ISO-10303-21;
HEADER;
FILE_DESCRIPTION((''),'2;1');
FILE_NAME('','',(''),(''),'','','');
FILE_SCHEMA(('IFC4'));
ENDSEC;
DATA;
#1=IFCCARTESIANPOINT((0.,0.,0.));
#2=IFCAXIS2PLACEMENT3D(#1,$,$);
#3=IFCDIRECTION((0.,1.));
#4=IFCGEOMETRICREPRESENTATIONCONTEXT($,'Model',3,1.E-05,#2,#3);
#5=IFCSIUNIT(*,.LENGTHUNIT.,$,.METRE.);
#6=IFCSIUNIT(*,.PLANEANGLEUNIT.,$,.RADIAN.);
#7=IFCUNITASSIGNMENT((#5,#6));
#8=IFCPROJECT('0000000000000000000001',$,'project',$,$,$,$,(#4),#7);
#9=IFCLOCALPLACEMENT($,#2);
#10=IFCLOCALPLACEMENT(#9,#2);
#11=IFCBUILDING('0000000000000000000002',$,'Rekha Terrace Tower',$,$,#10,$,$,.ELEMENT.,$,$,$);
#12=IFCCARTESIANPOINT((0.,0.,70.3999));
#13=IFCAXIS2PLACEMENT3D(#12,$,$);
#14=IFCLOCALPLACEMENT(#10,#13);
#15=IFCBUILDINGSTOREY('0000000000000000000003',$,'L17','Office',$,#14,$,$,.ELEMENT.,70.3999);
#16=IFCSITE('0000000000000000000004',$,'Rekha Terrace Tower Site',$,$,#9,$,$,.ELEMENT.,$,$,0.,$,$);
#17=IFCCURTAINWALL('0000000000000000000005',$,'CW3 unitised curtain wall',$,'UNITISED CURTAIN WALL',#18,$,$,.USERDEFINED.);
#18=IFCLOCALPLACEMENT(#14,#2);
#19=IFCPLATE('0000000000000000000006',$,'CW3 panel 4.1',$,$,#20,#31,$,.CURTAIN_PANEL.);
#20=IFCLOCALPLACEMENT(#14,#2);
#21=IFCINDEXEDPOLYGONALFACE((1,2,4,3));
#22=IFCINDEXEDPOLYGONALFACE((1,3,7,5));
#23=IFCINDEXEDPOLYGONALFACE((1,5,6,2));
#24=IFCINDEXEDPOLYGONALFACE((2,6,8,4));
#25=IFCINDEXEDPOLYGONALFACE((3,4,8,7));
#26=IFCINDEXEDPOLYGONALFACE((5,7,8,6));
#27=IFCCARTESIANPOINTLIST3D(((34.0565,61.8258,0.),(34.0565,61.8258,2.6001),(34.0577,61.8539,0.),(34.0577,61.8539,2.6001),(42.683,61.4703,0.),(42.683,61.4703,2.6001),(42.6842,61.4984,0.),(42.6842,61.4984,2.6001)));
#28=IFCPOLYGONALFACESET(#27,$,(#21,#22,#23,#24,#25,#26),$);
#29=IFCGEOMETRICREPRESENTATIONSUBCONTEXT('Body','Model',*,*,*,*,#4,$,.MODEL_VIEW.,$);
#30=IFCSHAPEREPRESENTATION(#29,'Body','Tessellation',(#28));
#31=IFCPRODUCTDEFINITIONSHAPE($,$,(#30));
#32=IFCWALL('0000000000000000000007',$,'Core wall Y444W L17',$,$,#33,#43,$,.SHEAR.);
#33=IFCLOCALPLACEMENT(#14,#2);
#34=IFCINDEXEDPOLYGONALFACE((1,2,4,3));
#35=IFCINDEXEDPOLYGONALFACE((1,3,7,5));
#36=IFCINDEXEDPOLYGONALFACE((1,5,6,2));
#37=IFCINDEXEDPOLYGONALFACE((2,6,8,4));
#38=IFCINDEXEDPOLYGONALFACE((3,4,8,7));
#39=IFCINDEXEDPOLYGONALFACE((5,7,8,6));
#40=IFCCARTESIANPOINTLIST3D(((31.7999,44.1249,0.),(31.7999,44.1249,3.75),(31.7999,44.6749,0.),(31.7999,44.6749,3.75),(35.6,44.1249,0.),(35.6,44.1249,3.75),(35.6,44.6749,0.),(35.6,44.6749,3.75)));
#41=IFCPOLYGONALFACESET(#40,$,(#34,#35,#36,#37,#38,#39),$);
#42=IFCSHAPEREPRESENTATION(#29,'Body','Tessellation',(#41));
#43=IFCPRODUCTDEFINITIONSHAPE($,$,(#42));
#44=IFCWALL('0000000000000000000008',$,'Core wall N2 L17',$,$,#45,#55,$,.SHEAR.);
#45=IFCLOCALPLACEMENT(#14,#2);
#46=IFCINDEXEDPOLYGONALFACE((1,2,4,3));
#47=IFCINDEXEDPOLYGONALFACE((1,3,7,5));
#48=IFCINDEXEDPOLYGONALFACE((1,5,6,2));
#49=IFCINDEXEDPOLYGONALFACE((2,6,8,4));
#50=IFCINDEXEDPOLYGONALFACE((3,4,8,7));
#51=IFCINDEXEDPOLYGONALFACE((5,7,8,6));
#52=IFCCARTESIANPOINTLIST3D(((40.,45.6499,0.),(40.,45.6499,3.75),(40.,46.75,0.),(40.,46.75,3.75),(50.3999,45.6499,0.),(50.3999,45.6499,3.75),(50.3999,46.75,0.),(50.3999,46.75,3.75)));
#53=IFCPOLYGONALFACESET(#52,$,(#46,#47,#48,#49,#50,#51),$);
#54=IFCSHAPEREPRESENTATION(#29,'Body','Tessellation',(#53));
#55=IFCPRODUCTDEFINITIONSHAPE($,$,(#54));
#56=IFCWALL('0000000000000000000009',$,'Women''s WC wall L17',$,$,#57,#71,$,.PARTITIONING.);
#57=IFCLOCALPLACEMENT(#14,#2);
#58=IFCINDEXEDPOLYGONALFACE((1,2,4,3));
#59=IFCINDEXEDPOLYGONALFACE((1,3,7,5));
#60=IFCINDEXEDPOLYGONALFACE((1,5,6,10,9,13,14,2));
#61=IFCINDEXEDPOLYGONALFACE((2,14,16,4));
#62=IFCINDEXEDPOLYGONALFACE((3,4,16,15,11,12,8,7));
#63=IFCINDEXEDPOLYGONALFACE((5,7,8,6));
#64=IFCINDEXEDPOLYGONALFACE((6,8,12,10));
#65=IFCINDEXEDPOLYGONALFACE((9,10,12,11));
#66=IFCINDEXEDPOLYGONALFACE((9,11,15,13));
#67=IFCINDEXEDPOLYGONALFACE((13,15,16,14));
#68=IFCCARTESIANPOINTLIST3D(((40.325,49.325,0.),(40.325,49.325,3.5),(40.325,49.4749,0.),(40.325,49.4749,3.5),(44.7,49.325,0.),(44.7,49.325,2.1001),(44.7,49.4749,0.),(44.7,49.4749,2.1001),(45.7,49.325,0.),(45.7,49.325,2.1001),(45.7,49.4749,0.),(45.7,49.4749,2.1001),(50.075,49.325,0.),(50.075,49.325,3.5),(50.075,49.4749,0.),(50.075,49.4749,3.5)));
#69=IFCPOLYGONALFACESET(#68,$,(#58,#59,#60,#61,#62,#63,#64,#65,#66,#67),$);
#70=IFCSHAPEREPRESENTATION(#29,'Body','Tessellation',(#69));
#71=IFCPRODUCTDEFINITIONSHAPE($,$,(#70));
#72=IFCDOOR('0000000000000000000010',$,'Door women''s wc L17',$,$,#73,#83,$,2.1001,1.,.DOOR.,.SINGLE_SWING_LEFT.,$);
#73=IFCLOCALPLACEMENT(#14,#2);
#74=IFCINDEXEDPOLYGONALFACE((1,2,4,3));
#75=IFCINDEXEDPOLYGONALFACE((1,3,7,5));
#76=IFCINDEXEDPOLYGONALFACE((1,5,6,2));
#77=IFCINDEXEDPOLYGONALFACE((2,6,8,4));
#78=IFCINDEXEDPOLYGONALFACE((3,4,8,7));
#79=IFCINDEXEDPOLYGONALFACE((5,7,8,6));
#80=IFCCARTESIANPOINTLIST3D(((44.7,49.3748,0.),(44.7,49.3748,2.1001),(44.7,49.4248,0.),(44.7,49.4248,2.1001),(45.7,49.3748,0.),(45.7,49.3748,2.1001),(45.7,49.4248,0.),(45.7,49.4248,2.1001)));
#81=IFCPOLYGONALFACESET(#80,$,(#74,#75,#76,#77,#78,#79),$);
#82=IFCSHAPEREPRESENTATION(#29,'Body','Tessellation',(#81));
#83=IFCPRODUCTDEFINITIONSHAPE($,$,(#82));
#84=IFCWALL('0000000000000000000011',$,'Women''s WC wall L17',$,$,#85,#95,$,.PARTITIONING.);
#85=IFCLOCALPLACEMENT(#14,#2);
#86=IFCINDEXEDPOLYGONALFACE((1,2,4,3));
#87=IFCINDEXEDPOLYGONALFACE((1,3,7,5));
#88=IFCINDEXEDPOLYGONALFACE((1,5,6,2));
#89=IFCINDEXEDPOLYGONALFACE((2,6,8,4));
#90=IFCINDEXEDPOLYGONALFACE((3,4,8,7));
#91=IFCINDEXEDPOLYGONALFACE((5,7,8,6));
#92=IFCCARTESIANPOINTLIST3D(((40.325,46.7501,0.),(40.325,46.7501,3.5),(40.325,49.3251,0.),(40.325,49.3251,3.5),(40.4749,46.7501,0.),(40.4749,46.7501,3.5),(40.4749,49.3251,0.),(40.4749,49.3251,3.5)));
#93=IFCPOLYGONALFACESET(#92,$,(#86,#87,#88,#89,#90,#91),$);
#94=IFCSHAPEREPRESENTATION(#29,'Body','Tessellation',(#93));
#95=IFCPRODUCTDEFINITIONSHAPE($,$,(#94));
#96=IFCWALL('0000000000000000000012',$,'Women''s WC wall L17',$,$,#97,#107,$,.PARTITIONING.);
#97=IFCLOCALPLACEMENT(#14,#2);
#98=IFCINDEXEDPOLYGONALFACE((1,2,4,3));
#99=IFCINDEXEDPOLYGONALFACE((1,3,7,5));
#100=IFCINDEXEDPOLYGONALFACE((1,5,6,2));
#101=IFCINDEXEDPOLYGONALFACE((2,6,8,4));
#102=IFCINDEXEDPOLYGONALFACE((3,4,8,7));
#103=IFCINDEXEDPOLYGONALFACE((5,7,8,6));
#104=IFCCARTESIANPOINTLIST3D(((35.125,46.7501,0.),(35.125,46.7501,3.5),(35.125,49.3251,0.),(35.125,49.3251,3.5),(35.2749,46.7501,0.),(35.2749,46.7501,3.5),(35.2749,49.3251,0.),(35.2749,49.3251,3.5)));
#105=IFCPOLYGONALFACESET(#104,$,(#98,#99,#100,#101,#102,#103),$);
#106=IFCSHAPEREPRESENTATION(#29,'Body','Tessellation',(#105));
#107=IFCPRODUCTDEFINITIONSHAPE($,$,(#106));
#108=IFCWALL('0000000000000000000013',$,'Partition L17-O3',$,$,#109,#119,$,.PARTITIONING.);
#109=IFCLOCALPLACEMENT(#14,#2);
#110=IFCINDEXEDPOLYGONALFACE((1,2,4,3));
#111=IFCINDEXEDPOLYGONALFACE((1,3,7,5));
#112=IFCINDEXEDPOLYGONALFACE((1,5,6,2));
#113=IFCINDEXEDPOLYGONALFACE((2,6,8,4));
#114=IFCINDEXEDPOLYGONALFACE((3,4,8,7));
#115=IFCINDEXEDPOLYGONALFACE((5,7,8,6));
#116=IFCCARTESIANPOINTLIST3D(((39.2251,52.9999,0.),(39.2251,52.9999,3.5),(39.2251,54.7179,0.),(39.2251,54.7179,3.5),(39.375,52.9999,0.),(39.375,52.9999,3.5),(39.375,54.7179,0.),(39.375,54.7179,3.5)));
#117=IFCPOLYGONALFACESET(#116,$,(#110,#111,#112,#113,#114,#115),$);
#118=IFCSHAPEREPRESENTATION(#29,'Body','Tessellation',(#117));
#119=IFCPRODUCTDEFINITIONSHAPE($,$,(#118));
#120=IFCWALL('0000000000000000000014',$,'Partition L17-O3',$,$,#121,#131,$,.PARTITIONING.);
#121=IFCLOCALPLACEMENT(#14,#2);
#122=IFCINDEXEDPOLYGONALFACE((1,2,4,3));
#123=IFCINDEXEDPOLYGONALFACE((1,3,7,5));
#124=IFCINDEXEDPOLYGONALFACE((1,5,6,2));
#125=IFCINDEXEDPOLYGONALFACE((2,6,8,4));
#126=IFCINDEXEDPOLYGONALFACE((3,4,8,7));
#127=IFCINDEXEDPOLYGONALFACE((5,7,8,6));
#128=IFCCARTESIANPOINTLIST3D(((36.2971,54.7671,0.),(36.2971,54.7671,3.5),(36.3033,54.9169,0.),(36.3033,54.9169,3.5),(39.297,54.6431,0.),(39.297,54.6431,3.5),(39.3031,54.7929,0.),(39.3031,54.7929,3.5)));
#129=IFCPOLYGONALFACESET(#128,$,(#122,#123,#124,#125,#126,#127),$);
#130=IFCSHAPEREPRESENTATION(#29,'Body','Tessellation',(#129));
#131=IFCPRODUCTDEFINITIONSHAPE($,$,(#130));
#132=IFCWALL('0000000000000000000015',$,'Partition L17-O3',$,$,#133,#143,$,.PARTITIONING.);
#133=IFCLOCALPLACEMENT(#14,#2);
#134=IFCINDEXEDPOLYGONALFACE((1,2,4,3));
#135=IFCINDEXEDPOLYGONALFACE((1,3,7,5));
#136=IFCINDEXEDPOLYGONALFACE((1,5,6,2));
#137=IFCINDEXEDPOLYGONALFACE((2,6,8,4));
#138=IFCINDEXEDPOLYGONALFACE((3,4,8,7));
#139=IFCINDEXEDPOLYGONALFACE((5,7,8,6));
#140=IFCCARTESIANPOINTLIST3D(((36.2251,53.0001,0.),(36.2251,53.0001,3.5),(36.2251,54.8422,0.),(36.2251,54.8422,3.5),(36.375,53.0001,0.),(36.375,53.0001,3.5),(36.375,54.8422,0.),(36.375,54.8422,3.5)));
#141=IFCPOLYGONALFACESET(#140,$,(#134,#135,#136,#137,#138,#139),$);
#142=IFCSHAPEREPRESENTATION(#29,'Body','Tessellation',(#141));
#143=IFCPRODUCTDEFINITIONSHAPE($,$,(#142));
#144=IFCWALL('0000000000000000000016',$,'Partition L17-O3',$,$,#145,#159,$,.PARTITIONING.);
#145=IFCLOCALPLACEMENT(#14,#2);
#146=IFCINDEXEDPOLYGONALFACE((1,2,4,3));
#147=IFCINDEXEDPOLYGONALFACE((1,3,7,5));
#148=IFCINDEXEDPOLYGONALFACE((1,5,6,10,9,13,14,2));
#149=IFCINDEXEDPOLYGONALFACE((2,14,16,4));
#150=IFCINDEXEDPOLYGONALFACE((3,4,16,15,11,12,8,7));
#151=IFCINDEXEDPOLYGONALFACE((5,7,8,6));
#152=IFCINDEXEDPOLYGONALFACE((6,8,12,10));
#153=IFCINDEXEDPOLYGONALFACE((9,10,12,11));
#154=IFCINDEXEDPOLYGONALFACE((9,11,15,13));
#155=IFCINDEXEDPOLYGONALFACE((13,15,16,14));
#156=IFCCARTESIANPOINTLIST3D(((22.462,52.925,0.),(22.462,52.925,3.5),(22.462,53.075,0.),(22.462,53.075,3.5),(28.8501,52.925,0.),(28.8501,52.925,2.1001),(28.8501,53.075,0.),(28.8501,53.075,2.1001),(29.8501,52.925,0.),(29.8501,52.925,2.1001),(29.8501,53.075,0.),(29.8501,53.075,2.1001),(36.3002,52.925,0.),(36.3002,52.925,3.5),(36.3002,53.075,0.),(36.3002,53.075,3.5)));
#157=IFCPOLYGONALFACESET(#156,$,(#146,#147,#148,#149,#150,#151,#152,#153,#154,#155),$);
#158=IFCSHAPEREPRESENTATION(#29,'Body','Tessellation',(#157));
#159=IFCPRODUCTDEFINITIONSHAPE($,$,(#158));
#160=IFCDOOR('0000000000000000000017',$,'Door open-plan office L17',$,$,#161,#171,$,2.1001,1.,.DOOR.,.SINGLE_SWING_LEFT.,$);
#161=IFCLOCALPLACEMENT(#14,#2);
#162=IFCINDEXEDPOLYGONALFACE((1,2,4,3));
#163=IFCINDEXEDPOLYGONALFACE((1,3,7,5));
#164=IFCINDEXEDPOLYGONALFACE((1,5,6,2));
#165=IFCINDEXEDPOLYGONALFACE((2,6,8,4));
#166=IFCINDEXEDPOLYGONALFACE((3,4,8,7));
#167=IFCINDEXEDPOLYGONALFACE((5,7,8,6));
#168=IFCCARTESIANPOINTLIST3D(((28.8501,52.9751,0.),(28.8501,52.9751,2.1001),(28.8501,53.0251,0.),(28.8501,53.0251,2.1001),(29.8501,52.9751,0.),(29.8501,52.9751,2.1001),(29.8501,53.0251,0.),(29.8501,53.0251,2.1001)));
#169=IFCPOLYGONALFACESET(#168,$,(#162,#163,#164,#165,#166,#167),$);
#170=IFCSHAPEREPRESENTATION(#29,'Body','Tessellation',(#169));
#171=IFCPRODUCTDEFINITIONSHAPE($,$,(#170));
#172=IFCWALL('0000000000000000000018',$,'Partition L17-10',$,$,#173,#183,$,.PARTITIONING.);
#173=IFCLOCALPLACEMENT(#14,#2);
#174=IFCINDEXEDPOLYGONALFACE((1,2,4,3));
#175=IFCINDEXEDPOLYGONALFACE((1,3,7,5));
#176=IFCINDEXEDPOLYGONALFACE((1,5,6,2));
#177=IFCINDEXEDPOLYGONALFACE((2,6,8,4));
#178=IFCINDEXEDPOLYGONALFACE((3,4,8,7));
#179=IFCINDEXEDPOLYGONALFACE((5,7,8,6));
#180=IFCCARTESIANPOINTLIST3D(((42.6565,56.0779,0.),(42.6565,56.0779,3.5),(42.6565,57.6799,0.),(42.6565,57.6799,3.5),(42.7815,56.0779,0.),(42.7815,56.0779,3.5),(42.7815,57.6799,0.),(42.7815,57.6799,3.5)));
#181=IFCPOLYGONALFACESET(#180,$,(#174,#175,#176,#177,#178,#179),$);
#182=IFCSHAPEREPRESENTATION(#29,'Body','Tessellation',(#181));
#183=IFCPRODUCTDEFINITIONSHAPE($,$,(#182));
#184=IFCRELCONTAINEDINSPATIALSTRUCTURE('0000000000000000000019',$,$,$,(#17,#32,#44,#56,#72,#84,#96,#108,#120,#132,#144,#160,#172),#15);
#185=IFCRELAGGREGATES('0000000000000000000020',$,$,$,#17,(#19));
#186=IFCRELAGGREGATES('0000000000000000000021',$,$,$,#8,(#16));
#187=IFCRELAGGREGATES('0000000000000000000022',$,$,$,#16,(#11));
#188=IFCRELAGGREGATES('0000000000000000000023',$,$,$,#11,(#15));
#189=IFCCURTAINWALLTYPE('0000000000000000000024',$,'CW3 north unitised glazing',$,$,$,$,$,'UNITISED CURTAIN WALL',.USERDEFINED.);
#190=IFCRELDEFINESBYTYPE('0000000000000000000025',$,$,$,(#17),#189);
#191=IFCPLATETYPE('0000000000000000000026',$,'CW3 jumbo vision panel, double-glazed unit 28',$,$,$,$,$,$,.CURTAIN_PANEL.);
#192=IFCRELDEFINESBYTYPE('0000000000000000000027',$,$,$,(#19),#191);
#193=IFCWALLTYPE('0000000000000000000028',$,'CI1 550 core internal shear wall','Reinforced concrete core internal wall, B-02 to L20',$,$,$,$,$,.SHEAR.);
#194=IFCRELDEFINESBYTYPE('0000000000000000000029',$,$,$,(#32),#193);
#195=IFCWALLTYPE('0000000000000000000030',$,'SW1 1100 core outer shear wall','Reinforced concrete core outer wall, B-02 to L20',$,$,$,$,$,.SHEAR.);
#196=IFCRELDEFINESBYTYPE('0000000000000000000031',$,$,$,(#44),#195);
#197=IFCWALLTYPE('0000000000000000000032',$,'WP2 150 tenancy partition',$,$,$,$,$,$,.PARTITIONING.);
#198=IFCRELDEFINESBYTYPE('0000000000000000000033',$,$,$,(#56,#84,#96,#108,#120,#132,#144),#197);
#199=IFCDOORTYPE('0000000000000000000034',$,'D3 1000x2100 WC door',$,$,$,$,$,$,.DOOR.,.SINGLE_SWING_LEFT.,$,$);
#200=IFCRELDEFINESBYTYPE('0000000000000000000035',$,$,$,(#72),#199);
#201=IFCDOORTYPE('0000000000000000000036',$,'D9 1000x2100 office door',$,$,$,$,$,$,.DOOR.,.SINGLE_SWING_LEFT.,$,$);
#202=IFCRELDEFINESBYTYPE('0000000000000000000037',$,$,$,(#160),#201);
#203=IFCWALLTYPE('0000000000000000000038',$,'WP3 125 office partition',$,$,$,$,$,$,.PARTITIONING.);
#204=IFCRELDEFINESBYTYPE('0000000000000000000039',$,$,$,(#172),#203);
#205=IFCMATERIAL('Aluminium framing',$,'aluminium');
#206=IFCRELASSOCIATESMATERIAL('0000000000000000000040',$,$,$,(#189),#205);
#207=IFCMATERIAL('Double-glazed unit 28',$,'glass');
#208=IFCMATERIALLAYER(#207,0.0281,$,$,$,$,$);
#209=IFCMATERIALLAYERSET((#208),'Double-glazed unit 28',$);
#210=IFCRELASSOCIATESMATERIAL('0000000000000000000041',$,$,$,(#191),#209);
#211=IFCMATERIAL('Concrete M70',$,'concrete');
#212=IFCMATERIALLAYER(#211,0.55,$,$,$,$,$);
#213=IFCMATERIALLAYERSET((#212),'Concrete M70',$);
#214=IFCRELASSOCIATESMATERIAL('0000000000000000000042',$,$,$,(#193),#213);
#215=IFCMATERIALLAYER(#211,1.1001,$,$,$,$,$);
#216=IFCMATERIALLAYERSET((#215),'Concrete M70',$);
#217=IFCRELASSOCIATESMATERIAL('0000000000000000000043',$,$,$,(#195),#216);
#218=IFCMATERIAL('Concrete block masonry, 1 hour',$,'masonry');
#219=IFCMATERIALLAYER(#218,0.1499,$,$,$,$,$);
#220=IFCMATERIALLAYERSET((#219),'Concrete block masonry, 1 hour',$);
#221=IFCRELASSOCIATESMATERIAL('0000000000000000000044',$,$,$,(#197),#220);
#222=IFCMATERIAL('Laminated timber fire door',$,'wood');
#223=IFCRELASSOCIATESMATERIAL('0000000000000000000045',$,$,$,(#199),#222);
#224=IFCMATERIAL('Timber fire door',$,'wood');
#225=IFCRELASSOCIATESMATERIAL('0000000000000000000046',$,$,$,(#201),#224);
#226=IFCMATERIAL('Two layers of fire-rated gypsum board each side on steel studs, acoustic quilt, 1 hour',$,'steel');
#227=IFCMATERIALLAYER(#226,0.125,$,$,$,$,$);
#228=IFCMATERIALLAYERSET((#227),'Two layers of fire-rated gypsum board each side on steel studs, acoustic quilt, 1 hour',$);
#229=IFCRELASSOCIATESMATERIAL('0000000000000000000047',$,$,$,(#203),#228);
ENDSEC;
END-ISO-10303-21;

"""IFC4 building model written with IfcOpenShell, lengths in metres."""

from ifc_helpers import new_model, si_unit, direction, frame, frame_2d, origin, origin_2d, place, context, subcontext, project, spatial, rectangle, extrude, material, layer, layer_set, type_object, element, fill, aggregate, save


model = new_model("IFC4")

# Units and contexts
model_context = context("Model", 3, precision=1e-05, world=origin(), true_north=direction((0.0, 1.0)))
body_context = subcontext(model_context, "Body", "Model", "MODEL_VIEW")
ifc_project = project(units=[si_unit("LENGTHUNIT", "METRE"), si_unit("PLANEANGLEUNIT", "RADIAN")], contexts=[model_context])

# Site, building, storey
site_placement = place(None, origin())
site = spatial("IfcSite", under=ifc_project, at=site_placement, Name="Rekha Terrace Tower Site", CompositionType="ELEMENT", RefElevation=0.0)
building_placement = place(site_placement, origin())
building = spatial("IfcBuilding", under=site, at=building_placement, Name="Rekha Terrace Tower", CompositionType="ELEMENT")
storey_placement = place(building_placement, frame((0.0, 0.0, 70.3999)))
storey = spatial("IfcBuildingStorey", under=building, at=storey_placement, Name="L17", Description="Office", CompositionType="ELEMENT", Elevation=70.3999)

# Shared definitions
ifc_material_1 = material(Name="Concrete M70", Category="concrete")

# Curtain wall
ifc_material_2 = material(Name="Aluminium framing", Category="aluminium")
curtain_wall_type = type_object("IfcCurtainWallType", Name="CW3 north unitised glazing", ElementType="UNITISED CURTAIN WALL", PredefinedType="USERDEFINED", material=ifc_material_2)
curtain_wall_placement = place(storey_placement, origin())
curtain_wall = element("IfcCurtainWall", 1, at=curtain_wall_placement, inside=storey, type_object=curtain_wall_type, Name="CW3 unitised curtain wall", ObjectType="UNITISED CURTAIN WALL", PredefinedType="USERDEFINED")

# Plate
ifc_material_3 = material(Name="Double-glazed unit 28", Category="glass")
ifc_layer_1 = layer(ifc_material_3, 0.0281)
ifc_layer_set_1 = layer_set([ifc_layer_1], Name="Double-glazed unit 28")
plate_type = type_object("IfcPlateType", Name="CW3 jumbo vision panel, double-glazed unit 28", PredefinedType="CURTAIN_PANEL", material=ifc_layer_set_1)
plate_placement = place(storey_placement, frame((38.3704, 61.6621, 0.0), z_axis=(0.0, 0.0, 1.0), x_axis=(-0.999152, 0.041174, 0.0)))
plate = element("IfcPlate", 2, at=plate_placement, type_object=plate_type, Name="CW3 panel 4.1", PredefinedType="CURTAIN_PANEL", context=body_context, shape_type="SweptSolid", body=[
    extrude(rectangle(XDim=8.6338, YDim=0.0281, at=origin_2d()), origin(), (0.0, 0.0, 1.0), 2.6001),
])
aggregate(curtain_wall, [plate])

# Walls
ifc_layer_2 = layer(ifc_material_1, 0.55)
ifc_layer_set_2 = layer_set([ifc_layer_2], Name="Concrete M70")
wall_type_1 = type_object("IfcWallType", Name="CI1 550 core internal shear wall", Description="Reinforced concrete core internal wall, B-02 to L20", PredefinedType="SHEAR", material=ifc_layer_set_2)
wall_1_placement = place(storey_placement, frame((31.8, 44.3999, 0.0), z_axis=(0.0, 0.0, 1.0), x_axis=(1.0, 0.0, 0.0)))
element("IfcWall", 3, at=wall_1_placement, inside=storey, type_object=wall_type_1, Name="Core wall Y444W L17", PredefinedType="SHEAR", context=body_context, shape_type="SweptSolid", body=[
    extrude(rectangle(XDim=3.8, YDim=0.55, at=frame_2d((1.8999, 0.0))), origin(), (0.0, 0.0, 1.0), 3.75),
])
ifc_layer_3 = layer(ifc_material_1, 1.1001)
ifc_layer_set_3 = layer_set([ifc_layer_3], Name="Concrete M70")
wall_type_2 = type_object("IfcWallType", Name="SW1 1100 core outer shear wall", Description="Reinforced concrete core outer wall, B-02 to L20", PredefinedType="SHEAR", material=ifc_layer_set_3)
wall_2_placement = place(storey_placement, frame((40.0, 46.2, 0.0), z_axis=(0.0, 0.0, 1.0), x_axis=(1.0, 0.0, 0.0)))
element("IfcWall", 4, at=wall_2_placement, inside=storey, type_object=wall_type_2, Name="Core wall N2 L17", PredefinedType="SHEAR", context=body_context, shape_type="SweptSolid", body=[
    extrude(rectangle(XDim=10.3999, YDim=1.1001, at=frame_2d((5.2, 0.0))), origin(), (0.0, 0.0, 1.0), 3.75),
])

# Wall, opening, door
ifc_material_4 = material(Name="Concrete block masonry, 1 hour", Category="masonry")
ifc_layer_4 = layer(ifc_material_4, 0.1499)
ifc_layer_set_4 = layer_set([ifc_layer_4], Name="Concrete block masonry, 1 hour")
wall_type_3 = type_object("IfcWallType", Name="WP2 150 tenancy partition", PredefinedType="PARTITIONING", material=ifc_layer_set_4)
wall_3_placement = place(storey_placement, frame((40.325, 49.3999, 0.0), z_axis=(0.0, 0.0, 1.0), x_axis=(1.0, 0.0, 0.0)))
wall_3 = element("IfcWall", 5, at=wall_3_placement, inside=storey, type_object=wall_type_3, Name="Women's WC wall L17", PredefinedType="PARTITIONING", context=body_context, shape_type="SweptSolid", body=[
    extrude(rectangle(XDim=9.75, YDim=0.1499, at=frame_2d((4.875, 0.0))), origin(), (0.0, 0.0, 1.0), 3.5),
])
opening_1_placement = place(wall_3_placement, frame((4.375, 0.0, 0.0)))
opening_1 = element("IfcOpeningElement", 6, at=opening_1_placement, cuts=wall_3, PredefinedType="OPENING", context=body_context, shape_type="SweptSolid", body=[
    extrude(rectangle(XDim=1.0, YDim=2.1001, at=frame_2d((0.5, 1.05))), frame((0.0, 0.085, 0.0), z_axis=(0.0, -1.0, 0.0), x_axis=(1.0, 0.0, 0.0)), (0.0, 0.0, 1.0), 0.1699),
])
ifc_material_5 = material(Name="Laminated timber fire door", Category="wood")
door_type_1 = type_object("IfcDoorType", Name="D3 1000x2100 WC door", OperationType="SINGLE_SWING_LEFT", PredefinedType="DOOR", material=ifc_material_5)
door_1_placement = place(opening_1_placement, origin())
door_1 = element("IfcDoor", 7, at=door_1_placement, inside=storey, type_object=door_type_1, Name="Door women's wc L17", OperationType="SINGLE_SWING_LEFT", OverallHeight=2.1001, OverallWidth=1.0, PredefinedType="DOOR", context=body_context, shape_type="SweptSolid", body=[
    extrude(rectangle(XDim=1.0, YDim=2.1001, at=frame_2d((0.5, 1.05))), frame((0.0, 0.0249, 0.0), z_axis=(0.0, -1.0, 0.0), x_axis=(1.0, 0.0, 0.0)), (0.0, 0.0, 1.0), 0.05),
])
fill(opening_1, door_1)

# Walls
for number, where, z_axis, x_axis, name in (
    (8, (40.3999, 46.75, 0.0), (0.0, 0.0, 1.0), (0.0, 1.0, 0.0), "Women's WC wall L17"),
    (9, (35.2, 46.75, 0.0), (0.0, 0.0, 1.0), (0.0, 1.0, 0.0), "Women's WC wall L17"),
):
    element("IfcWall", number, at=place(storey_placement, frame(where, z_axis=z_axis, x_axis=x_axis)), inside=storey, type_object=wall_type_3, Name=name, PredefinedType="PARTITIONING", context=body_context, shape_type="SweptSolid", body=[
        extrude(rectangle(XDim=2.575, YDim=0.1499, at=frame_2d((1.2876, 0.0))), origin(), (0.0, 0.0, 1.0), 3.5),
    ])
wall_4_placement = place(storey_placement, frame((39.3, 53.0, 0.0), z_axis=(0.0, 0.0, 1.0), x_axis=(0.0, 1.0, 0.0)))
element("IfcWall", 10, at=wall_4_placement, inside=storey, type_object=wall_type_3, Name="Partition L17-O3", PredefinedType="PARTITIONING", context=body_context, shape_type="SweptSolid", body=[
    extrude(rectangle(XDim=1.718, YDim=0.1499, at=frame_2d((0.8589, 0.0))), origin(), (0.0, 0.0, 1.0), 3.5),
])
wall_5_placement = place(storey_placement, frame((39.3, 54.718, 0.0), z_axis=(0.0, 0.0, 1.0), x_axis=(-0.999147, 0.041306, 0.0)))
element("IfcWall", 11, at=wall_5_placement, inside=storey, type_object=wall_type_3, Name="Partition L17-O3", PredefinedType="PARTITIONING", context=body_context, shape_type="SweptSolid", body=[
    extrude(rectangle(XDim=3.0024, YDim=0.1499, at=frame_2d((1.5012, 0.0))), origin(), (0.0, 0.0, 1.0), 3.5),
])
wall_6_placement = place(storey_placement, frame((36.3, 54.842, 0.0), z_axis=(0.0, 0.0, 1.0), x_axis=(0.0, -1.0, 0.0)))
element("IfcWall", 12, at=wall_6_placement, inside=storey, type_object=wall_type_3, Name="Partition L17-O3", PredefinedType="PARTITIONING", context=body_context, shape_type="SweptSolid", body=[
    extrude(rectangle(XDim=1.842, YDim=0.1499, at=frame_2d((0.9209, 0.0))), origin(), (0.0, 0.0, 1.0), 3.5),
])

# Wall, opening, door
wall_7_placement = place(storey_placement, frame((36.3, 53.0, 0.0), z_axis=(0.0, 0.0, 1.0), x_axis=(-1.0, 0.0, 0.0)))
wall_7 = element("IfcWall", 13, at=wall_7_placement, inside=storey, type_object=wall_type_3, Name="Partition L17-O3", PredefinedType="PARTITIONING", context=body_context, shape_type="SweptSolid", body=[
    extrude(rectangle(XDim=13.8381, YDim=0.1499, at=frame_2d((6.9189, 0.0))), origin(), (0.0, 0.0, 1.0), 3.5),
])
opening_2_placement = place(wall_7_placement, frame((6.45, 0.0, 0.0)))
opening_2 = element("IfcOpeningElement", 14, at=opening_2_placement, cuts=wall_7, PredefinedType="OPENING", context=body_context, shape_type="SweptSolid", body=[
    extrude(rectangle(XDim=1.0, YDim=2.1001, at=frame_2d((0.5, 1.05))), frame((0.0, 0.085, 0.0), z_axis=(0.0, -1.0, 0.0), x_axis=(1.0, 0.0, 0.0)), (0.0, 0.0, 1.0), 0.1699),
])
ifc_material_6 = material(Name="Timber fire door", Category="wood")
door_type_2 = type_object("IfcDoorType", Name="D9 1000x2100 office door", OperationType="SINGLE_SWING_LEFT", PredefinedType="DOOR", material=ifc_material_6)
door_2_placement = place(opening_2_placement, origin())
door_2 = element("IfcDoor", 15, at=door_2_placement, inside=storey, type_object=door_type_2, Name="Door open-plan office L17", OperationType="SINGLE_SWING_LEFT", OverallHeight=2.1001, OverallWidth=1.0, PredefinedType="DOOR", context=body_context, shape_type="SweptSolid", body=[
    extrude(rectangle(XDim=1.0, YDim=2.1001, at=frame_2d((0.5, 1.05))), frame((0.0, 0.0249, 0.0), z_axis=(0.0, -1.0, 0.0), x_axis=(1.0, 0.0, 0.0)), (0.0, 0.0, 1.0), 0.05),
])
fill(opening_2, door_2)

# Wall
ifc_material_7 = material(Name="Two layers of fire-rated gypsum board each side on steel studs, acoustic quilt, 1 hour", Category="steel")
ifc_layer_5 = layer(ifc_material_7, 0.125)
ifc_layer_set_5 = layer_set([ifc_layer_5], Name="Two layers of fire-rated gypsum board each side on steel studs, acoustic quilt, 1 hour")
wall_type_4 = type_object("IfcWallType", Name="WP3 125 office partition", PredefinedType="PARTITIONING", material=ifc_layer_set_5)
wall_8_placement = place(storey_placement, frame((42.719, 56.0779, 0.0), z_axis=(0.0, 0.0, 1.0), x_axis=(0.0, 1.0, 0.0)))
element("IfcWall", 16, at=wall_8_placement, inside=storey, type_object=wall_type_4, Name="Partition L17-10", PredefinedType="PARTITIONING", context=body_context, shape_type="SweptSolid", body=[
    extrude(rectangle(XDim=1.6021, YDim=0.125, at=frame_2d((0.801, 0.0))), origin(), (0.0, 0.0, 1.0), 3.5),
])

save(model, "model.ifc")
